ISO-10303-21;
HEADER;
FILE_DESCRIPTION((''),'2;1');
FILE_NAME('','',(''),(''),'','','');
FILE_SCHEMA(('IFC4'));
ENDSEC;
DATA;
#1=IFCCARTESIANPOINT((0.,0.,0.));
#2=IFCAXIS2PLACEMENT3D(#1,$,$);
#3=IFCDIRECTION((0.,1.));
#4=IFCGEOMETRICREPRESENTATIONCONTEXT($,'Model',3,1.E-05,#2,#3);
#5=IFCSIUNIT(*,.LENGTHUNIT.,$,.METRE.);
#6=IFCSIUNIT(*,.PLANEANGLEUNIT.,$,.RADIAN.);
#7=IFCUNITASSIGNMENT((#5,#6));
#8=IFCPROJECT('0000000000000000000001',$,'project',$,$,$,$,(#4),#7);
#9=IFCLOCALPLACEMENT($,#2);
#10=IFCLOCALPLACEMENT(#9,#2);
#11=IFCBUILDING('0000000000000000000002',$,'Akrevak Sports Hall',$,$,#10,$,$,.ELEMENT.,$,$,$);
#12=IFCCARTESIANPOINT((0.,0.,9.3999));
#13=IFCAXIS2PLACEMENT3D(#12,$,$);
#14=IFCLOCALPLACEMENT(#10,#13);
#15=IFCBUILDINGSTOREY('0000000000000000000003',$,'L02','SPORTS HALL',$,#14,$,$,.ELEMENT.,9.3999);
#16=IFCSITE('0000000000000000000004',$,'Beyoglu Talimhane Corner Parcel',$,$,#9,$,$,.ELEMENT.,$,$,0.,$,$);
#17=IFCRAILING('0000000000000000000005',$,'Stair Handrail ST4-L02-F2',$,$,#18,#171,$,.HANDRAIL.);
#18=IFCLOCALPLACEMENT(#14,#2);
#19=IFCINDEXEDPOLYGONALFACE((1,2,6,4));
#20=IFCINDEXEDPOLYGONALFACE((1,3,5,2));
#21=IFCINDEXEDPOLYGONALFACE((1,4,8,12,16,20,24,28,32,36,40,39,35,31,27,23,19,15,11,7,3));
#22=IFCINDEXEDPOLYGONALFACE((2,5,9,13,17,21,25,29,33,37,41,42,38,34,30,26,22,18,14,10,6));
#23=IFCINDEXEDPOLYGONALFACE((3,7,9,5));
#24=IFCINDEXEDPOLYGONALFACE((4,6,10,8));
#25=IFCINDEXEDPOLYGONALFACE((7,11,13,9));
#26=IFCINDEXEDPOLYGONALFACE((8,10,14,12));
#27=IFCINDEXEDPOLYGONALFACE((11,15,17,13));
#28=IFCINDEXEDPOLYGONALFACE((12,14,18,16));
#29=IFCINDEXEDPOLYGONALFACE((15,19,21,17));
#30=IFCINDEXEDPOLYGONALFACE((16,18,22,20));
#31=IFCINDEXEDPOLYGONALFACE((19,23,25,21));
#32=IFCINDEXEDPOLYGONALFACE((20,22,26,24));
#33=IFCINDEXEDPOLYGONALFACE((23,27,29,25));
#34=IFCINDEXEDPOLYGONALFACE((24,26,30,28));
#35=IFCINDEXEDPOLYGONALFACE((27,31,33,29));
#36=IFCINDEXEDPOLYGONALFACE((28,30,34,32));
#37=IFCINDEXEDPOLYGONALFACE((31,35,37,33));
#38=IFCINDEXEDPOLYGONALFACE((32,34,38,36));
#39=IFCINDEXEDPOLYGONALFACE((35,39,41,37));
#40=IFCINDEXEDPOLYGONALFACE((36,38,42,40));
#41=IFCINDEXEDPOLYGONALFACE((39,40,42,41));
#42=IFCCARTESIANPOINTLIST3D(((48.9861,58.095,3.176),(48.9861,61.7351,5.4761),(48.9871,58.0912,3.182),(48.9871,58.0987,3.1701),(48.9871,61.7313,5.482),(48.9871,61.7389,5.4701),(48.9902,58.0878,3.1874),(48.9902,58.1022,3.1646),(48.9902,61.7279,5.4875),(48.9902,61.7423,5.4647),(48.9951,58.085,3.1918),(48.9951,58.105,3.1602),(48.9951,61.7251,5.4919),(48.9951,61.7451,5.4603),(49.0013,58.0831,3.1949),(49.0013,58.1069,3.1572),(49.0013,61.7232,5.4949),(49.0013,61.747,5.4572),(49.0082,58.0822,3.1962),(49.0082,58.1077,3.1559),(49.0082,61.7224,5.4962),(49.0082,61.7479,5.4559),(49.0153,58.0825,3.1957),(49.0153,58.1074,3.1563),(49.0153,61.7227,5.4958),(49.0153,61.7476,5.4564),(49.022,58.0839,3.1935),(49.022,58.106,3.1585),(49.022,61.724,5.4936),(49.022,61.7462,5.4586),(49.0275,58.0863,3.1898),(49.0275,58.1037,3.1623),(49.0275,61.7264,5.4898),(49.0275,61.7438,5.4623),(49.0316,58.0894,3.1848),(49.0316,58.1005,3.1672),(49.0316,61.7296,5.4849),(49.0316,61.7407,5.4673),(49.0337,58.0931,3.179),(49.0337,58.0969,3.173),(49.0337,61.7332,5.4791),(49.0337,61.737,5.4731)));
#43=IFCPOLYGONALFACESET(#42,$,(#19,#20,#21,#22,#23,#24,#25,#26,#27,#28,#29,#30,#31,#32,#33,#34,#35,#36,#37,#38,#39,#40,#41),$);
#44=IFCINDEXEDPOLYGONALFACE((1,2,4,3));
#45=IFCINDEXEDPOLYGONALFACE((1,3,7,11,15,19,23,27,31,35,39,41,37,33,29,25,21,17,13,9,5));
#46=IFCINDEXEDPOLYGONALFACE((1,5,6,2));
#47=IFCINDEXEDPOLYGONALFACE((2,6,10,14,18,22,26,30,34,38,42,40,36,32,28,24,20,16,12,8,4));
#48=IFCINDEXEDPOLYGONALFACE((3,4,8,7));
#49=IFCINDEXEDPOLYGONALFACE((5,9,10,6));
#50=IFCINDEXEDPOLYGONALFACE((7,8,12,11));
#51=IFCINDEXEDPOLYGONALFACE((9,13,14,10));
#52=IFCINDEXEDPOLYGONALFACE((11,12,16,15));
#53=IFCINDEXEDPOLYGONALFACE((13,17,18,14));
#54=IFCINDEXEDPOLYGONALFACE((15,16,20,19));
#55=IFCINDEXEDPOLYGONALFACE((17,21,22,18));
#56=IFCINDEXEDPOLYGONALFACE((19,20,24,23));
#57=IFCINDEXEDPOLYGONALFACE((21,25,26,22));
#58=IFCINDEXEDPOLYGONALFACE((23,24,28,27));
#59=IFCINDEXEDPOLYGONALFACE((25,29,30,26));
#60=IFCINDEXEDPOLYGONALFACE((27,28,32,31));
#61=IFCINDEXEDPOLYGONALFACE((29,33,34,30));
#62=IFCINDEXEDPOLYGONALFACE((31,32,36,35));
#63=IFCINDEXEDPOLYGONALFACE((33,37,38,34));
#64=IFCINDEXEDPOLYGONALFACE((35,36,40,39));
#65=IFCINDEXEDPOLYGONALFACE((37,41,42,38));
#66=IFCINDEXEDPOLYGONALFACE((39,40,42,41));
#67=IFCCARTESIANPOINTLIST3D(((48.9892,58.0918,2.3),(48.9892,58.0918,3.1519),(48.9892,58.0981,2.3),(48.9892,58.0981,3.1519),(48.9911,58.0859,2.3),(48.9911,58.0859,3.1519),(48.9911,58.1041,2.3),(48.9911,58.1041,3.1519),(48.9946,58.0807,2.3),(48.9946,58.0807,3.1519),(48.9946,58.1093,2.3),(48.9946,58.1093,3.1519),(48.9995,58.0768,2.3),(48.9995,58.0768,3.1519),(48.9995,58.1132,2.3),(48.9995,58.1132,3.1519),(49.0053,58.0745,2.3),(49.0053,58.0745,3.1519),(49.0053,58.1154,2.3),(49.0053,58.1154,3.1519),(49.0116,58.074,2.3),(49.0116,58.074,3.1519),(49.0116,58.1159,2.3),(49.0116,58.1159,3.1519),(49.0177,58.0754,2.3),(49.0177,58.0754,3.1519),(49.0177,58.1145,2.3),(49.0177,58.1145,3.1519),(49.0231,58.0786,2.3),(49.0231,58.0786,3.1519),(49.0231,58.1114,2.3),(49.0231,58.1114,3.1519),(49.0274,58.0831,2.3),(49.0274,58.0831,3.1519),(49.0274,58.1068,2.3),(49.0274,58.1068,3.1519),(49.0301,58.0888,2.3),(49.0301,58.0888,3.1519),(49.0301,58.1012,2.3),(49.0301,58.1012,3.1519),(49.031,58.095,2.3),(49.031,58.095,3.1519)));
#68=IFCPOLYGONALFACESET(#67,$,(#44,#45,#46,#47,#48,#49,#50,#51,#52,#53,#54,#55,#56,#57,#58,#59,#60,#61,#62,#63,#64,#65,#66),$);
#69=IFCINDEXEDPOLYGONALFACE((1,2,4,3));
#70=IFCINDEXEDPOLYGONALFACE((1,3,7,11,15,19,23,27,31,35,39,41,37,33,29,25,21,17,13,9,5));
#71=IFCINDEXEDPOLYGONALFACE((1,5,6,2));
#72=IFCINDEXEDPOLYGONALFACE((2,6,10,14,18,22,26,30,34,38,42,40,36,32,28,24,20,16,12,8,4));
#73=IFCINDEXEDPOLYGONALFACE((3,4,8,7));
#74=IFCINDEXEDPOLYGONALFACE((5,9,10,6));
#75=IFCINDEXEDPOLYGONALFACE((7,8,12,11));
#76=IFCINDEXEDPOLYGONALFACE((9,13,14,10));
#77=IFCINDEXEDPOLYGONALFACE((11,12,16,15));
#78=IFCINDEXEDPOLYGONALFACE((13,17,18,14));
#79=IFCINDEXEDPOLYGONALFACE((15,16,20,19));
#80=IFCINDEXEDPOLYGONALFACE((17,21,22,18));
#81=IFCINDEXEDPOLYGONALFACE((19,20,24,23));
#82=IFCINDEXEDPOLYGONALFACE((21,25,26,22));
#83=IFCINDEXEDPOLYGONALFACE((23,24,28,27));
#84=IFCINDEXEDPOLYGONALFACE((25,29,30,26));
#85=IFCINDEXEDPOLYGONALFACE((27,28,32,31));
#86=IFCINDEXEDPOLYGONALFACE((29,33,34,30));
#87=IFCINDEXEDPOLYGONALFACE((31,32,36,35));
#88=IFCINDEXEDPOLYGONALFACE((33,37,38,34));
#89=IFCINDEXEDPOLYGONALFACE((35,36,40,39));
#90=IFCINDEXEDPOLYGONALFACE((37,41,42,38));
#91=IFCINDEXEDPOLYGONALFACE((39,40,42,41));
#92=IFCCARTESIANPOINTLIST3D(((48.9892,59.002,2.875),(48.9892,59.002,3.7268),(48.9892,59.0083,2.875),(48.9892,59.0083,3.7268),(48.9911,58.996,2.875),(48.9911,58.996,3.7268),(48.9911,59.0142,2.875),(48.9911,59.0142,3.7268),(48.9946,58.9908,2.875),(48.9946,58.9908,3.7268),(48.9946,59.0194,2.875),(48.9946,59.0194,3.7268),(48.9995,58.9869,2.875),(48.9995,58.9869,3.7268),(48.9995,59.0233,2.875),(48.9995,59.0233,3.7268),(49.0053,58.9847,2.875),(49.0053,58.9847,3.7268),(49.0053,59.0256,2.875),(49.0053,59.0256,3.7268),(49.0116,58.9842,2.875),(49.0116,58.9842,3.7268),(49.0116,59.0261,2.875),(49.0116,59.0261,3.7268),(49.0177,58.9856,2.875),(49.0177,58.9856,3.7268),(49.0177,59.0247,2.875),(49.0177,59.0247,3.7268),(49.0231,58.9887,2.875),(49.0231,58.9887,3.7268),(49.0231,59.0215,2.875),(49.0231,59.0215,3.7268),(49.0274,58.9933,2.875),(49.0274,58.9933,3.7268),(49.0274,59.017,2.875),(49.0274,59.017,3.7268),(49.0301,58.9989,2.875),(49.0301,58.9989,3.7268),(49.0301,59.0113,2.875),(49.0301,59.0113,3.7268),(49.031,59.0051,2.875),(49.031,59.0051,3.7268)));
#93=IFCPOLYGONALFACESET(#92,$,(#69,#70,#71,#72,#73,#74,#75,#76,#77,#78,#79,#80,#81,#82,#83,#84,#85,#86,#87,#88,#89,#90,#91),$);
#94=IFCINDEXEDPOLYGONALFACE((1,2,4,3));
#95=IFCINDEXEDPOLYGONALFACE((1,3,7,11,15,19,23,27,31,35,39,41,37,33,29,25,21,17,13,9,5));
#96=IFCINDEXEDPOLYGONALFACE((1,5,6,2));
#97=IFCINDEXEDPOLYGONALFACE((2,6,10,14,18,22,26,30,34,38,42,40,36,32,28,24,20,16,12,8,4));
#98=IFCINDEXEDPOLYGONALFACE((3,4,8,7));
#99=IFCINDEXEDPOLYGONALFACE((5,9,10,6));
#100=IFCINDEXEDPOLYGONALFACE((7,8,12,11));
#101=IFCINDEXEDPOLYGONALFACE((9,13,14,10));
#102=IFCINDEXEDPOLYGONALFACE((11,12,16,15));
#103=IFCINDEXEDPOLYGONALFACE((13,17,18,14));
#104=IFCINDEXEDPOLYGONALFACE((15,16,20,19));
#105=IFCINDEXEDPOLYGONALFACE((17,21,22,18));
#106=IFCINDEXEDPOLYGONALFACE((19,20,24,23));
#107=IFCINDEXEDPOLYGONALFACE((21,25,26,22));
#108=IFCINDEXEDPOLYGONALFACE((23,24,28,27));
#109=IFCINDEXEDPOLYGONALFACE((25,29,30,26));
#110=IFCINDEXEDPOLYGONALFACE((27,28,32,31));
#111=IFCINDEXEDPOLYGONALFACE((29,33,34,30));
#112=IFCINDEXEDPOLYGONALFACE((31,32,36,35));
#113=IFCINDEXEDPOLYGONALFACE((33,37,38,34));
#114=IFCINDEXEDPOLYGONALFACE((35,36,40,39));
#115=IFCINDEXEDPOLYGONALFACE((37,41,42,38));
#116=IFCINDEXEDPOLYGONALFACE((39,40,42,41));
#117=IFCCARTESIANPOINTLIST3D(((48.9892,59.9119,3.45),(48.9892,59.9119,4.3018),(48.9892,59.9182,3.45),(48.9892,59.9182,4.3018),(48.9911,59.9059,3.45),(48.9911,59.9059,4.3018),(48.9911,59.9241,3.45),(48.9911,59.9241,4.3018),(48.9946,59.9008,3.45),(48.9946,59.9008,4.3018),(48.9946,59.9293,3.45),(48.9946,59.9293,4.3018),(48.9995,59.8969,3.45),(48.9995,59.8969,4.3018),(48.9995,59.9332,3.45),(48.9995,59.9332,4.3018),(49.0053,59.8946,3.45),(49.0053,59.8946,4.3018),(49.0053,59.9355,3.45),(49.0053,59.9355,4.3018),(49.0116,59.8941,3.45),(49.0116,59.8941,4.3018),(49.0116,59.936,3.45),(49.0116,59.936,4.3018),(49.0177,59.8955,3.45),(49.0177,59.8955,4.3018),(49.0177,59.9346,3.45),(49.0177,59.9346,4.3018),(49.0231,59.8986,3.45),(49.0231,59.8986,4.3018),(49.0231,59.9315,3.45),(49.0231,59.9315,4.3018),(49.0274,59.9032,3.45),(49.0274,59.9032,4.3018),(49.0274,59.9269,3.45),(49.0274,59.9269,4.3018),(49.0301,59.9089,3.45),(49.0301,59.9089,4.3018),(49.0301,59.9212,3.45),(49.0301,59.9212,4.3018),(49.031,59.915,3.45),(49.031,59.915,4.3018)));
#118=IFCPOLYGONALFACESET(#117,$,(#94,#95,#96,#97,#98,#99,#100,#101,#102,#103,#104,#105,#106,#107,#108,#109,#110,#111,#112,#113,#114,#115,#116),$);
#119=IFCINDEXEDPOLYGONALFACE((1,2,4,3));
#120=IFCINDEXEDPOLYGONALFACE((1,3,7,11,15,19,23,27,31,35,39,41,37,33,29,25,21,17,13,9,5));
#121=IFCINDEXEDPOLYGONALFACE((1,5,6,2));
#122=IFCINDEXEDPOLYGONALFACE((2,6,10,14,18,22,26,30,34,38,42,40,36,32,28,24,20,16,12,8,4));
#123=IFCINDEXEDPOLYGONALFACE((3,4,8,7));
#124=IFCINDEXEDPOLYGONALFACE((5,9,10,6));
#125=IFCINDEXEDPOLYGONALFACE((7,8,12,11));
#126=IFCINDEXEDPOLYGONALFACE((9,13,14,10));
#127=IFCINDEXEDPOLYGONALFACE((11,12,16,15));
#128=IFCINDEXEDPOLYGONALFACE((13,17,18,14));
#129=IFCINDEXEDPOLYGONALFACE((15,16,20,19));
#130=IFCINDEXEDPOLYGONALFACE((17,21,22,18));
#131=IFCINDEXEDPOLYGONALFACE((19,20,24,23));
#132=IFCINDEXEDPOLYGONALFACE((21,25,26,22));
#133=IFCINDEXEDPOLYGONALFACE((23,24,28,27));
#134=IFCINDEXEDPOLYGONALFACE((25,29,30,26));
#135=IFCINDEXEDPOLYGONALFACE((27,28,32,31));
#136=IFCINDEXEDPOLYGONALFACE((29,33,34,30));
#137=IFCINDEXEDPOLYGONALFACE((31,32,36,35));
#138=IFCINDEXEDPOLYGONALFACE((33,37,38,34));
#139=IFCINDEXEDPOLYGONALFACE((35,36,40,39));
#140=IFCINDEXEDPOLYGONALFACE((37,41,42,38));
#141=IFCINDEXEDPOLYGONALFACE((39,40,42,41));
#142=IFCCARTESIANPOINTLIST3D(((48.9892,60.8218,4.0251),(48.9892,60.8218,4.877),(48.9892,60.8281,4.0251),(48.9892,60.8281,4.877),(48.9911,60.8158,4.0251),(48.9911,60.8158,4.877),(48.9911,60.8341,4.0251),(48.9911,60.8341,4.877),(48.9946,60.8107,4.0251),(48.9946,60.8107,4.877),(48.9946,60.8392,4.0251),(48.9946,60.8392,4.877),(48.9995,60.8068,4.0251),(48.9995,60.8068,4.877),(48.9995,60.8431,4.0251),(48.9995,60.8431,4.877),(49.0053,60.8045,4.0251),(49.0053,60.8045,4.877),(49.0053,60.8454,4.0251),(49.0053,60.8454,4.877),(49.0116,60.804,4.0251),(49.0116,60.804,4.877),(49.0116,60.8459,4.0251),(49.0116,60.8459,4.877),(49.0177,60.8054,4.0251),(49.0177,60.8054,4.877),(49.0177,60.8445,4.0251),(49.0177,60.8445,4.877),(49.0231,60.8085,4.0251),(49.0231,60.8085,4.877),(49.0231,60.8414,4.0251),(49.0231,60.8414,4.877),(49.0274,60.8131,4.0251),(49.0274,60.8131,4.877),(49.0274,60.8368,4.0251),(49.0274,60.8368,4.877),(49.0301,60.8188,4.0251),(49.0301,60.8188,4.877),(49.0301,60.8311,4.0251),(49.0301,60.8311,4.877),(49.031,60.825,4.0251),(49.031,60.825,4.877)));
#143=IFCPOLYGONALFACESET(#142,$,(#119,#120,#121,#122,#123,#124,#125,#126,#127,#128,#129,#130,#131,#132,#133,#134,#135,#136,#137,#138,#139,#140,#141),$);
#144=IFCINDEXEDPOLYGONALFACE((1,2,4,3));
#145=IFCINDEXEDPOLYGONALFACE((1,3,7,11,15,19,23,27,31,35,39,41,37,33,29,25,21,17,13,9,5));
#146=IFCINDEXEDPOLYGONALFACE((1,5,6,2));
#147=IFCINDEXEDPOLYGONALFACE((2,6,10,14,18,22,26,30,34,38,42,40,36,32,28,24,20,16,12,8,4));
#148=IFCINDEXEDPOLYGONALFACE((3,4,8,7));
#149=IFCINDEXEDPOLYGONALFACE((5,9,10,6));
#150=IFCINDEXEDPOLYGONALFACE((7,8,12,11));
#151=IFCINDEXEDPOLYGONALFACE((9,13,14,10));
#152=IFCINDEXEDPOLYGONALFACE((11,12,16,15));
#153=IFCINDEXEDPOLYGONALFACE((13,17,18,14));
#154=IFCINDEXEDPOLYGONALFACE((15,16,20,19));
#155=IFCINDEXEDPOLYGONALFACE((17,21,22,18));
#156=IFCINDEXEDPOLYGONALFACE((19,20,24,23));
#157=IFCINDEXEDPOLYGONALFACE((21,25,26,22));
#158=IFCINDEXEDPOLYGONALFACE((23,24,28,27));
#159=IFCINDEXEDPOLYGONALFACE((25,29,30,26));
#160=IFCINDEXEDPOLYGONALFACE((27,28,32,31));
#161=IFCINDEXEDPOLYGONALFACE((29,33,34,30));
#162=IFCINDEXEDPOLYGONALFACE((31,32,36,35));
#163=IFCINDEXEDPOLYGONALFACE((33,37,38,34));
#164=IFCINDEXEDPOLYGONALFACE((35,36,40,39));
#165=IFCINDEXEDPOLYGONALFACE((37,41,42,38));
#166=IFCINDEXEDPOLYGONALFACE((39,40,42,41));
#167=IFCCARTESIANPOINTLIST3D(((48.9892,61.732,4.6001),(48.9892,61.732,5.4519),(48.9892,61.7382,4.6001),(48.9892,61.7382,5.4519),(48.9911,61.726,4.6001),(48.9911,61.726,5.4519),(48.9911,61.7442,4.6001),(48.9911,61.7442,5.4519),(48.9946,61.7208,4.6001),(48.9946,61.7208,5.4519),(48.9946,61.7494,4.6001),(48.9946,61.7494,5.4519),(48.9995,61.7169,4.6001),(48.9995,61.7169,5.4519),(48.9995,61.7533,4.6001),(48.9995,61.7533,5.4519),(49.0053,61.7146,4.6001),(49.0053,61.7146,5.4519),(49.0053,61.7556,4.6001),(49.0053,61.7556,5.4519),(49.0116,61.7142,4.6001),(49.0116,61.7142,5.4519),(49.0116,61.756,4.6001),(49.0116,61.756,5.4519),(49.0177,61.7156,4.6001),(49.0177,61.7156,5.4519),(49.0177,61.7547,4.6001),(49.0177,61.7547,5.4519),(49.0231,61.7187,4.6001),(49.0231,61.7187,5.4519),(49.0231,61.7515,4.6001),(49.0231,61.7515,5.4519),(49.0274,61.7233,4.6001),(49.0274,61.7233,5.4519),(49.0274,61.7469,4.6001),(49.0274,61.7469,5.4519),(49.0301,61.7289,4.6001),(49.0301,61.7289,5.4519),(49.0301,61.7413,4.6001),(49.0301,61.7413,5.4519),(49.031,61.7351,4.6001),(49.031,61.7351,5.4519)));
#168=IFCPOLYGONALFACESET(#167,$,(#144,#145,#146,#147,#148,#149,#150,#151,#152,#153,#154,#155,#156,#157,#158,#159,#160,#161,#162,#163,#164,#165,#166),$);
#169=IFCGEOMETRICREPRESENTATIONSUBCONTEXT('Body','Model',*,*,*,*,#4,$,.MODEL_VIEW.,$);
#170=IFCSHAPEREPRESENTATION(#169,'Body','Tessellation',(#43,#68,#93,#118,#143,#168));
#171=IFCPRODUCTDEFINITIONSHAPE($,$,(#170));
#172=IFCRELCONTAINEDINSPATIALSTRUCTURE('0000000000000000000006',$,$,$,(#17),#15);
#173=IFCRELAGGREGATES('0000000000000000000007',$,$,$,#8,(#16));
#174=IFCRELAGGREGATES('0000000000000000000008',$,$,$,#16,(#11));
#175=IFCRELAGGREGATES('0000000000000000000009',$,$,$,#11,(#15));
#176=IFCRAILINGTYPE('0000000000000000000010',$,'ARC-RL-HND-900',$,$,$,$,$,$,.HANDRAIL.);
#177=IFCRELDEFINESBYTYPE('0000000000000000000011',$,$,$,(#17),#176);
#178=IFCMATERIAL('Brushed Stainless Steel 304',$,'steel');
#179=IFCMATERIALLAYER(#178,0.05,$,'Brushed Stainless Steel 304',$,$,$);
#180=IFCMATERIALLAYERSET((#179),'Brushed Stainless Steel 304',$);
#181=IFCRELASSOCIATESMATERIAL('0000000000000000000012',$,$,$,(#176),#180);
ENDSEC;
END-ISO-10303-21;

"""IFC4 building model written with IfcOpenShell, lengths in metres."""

from ifc_helpers import new_model, si_unit, direction, frame, origin, origin_2d, place, context, subcontext, project, spatial, circle, extrude, material, layer, layer_set, type_object, element, save


model = new_model("IFC4")

# Units and contexts
model_context = context("Model", 3, precision=1e-05, world=origin(), true_north=direction((0.0, 1.0)))
body_context = subcontext(model_context, "Body", "Model", "MODEL_VIEW")
ifc_project = project(units=[si_unit("LENGTHUNIT", "METRE"), si_unit("PLANEANGLEUNIT", "RADIAN")], contexts=[model_context])

# Site, building, storey
site_placement = place(None, origin())
site = spatial("IfcSite", under=ifc_project, at=site_placement, Name="Beyoglu Talimhane Corner Parcel", CompositionType="ELEMENT", RefElevation=0.0)
building_placement = place(site_placement, origin())
building = spatial("IfcBuilding", under=site, at=building_placement, Name="Akrevak Sports Hall", CompositionType="ELEMENT")
storey_placement = place(building_placement, frame((0.0, 0.0, 9.3999)))
storey = spatial("IfcBuildingStorey", under=building, at=storey_placement, Name="L02", Description="SPORTS HALL", CompositionType="ELEMENT", Elevation=9.3999)

# Railing
ifc_material_1 = material(Name="Brushed Stainless Steel 304", Category="steel")
ifc_layer_1 = layer(ifc_material_1, 0.05, Name="Brushed Stainless Steel 304")
ifc_layer_set_1 = layer_set([ifc_layer_1], Name="Brushed Stainless Steel 304")
railing_type_1 = type_object("IfcRailingType", Name="ARC-RL-HND-900", PredefinedType="HANDRAIL", material=ifc_layer_set_1)
railing_1_placement = place(storey_placement, frame((49.01, 58.095, 2.3)))
element("IfcRailing", 1, at=railing_1_placement, inside=storey, type_object=railing_type_1, Name="Stair Handrail ST4-L02-F2", PredefinedType="HANDRAIL", context=body_context, shape_type="SweptSolid", body=[
    extrude(circle(Radius=0.0239, at=origin_2d()), frame((0.0, 0.0, 0.876), z_axis=(0.0, 0.845382, 0.534162), x_axis=(-1.0, 0.0, 0.0)), (0.0, 0.0, 1.0), 4.3059),
    extrude(circle(Radius=0.021, at=origin_2d()), origin(), (0.0, 0.0, 1.0), 0.8518),
    extrude(circle(Radius=0.021, at=origin_2d()), frame((0.0, 0.9102, 0.575)), (0.0, 0.0, 1.0), 0.8518),
    extrude(circle(Radius=0.021, at=origin_2d()), frame((0.0, 1.8201, 1.1499)), (0.0, 0.0, 1.0), 0.8518),
    extrude(circle(Radius=0.021, at=origin_2d()), frame((0.0, 2.73, 1.7251)), (0.0, 0.0, 1.0), 0.8518),
    extrude(circle(Radius=0.021, at=origin_2d()), frame((0.0, 3.6401, 2.3)), (0.0, 0.0, 1.0), 0.8518),
])

save(model, "model.ifc")
